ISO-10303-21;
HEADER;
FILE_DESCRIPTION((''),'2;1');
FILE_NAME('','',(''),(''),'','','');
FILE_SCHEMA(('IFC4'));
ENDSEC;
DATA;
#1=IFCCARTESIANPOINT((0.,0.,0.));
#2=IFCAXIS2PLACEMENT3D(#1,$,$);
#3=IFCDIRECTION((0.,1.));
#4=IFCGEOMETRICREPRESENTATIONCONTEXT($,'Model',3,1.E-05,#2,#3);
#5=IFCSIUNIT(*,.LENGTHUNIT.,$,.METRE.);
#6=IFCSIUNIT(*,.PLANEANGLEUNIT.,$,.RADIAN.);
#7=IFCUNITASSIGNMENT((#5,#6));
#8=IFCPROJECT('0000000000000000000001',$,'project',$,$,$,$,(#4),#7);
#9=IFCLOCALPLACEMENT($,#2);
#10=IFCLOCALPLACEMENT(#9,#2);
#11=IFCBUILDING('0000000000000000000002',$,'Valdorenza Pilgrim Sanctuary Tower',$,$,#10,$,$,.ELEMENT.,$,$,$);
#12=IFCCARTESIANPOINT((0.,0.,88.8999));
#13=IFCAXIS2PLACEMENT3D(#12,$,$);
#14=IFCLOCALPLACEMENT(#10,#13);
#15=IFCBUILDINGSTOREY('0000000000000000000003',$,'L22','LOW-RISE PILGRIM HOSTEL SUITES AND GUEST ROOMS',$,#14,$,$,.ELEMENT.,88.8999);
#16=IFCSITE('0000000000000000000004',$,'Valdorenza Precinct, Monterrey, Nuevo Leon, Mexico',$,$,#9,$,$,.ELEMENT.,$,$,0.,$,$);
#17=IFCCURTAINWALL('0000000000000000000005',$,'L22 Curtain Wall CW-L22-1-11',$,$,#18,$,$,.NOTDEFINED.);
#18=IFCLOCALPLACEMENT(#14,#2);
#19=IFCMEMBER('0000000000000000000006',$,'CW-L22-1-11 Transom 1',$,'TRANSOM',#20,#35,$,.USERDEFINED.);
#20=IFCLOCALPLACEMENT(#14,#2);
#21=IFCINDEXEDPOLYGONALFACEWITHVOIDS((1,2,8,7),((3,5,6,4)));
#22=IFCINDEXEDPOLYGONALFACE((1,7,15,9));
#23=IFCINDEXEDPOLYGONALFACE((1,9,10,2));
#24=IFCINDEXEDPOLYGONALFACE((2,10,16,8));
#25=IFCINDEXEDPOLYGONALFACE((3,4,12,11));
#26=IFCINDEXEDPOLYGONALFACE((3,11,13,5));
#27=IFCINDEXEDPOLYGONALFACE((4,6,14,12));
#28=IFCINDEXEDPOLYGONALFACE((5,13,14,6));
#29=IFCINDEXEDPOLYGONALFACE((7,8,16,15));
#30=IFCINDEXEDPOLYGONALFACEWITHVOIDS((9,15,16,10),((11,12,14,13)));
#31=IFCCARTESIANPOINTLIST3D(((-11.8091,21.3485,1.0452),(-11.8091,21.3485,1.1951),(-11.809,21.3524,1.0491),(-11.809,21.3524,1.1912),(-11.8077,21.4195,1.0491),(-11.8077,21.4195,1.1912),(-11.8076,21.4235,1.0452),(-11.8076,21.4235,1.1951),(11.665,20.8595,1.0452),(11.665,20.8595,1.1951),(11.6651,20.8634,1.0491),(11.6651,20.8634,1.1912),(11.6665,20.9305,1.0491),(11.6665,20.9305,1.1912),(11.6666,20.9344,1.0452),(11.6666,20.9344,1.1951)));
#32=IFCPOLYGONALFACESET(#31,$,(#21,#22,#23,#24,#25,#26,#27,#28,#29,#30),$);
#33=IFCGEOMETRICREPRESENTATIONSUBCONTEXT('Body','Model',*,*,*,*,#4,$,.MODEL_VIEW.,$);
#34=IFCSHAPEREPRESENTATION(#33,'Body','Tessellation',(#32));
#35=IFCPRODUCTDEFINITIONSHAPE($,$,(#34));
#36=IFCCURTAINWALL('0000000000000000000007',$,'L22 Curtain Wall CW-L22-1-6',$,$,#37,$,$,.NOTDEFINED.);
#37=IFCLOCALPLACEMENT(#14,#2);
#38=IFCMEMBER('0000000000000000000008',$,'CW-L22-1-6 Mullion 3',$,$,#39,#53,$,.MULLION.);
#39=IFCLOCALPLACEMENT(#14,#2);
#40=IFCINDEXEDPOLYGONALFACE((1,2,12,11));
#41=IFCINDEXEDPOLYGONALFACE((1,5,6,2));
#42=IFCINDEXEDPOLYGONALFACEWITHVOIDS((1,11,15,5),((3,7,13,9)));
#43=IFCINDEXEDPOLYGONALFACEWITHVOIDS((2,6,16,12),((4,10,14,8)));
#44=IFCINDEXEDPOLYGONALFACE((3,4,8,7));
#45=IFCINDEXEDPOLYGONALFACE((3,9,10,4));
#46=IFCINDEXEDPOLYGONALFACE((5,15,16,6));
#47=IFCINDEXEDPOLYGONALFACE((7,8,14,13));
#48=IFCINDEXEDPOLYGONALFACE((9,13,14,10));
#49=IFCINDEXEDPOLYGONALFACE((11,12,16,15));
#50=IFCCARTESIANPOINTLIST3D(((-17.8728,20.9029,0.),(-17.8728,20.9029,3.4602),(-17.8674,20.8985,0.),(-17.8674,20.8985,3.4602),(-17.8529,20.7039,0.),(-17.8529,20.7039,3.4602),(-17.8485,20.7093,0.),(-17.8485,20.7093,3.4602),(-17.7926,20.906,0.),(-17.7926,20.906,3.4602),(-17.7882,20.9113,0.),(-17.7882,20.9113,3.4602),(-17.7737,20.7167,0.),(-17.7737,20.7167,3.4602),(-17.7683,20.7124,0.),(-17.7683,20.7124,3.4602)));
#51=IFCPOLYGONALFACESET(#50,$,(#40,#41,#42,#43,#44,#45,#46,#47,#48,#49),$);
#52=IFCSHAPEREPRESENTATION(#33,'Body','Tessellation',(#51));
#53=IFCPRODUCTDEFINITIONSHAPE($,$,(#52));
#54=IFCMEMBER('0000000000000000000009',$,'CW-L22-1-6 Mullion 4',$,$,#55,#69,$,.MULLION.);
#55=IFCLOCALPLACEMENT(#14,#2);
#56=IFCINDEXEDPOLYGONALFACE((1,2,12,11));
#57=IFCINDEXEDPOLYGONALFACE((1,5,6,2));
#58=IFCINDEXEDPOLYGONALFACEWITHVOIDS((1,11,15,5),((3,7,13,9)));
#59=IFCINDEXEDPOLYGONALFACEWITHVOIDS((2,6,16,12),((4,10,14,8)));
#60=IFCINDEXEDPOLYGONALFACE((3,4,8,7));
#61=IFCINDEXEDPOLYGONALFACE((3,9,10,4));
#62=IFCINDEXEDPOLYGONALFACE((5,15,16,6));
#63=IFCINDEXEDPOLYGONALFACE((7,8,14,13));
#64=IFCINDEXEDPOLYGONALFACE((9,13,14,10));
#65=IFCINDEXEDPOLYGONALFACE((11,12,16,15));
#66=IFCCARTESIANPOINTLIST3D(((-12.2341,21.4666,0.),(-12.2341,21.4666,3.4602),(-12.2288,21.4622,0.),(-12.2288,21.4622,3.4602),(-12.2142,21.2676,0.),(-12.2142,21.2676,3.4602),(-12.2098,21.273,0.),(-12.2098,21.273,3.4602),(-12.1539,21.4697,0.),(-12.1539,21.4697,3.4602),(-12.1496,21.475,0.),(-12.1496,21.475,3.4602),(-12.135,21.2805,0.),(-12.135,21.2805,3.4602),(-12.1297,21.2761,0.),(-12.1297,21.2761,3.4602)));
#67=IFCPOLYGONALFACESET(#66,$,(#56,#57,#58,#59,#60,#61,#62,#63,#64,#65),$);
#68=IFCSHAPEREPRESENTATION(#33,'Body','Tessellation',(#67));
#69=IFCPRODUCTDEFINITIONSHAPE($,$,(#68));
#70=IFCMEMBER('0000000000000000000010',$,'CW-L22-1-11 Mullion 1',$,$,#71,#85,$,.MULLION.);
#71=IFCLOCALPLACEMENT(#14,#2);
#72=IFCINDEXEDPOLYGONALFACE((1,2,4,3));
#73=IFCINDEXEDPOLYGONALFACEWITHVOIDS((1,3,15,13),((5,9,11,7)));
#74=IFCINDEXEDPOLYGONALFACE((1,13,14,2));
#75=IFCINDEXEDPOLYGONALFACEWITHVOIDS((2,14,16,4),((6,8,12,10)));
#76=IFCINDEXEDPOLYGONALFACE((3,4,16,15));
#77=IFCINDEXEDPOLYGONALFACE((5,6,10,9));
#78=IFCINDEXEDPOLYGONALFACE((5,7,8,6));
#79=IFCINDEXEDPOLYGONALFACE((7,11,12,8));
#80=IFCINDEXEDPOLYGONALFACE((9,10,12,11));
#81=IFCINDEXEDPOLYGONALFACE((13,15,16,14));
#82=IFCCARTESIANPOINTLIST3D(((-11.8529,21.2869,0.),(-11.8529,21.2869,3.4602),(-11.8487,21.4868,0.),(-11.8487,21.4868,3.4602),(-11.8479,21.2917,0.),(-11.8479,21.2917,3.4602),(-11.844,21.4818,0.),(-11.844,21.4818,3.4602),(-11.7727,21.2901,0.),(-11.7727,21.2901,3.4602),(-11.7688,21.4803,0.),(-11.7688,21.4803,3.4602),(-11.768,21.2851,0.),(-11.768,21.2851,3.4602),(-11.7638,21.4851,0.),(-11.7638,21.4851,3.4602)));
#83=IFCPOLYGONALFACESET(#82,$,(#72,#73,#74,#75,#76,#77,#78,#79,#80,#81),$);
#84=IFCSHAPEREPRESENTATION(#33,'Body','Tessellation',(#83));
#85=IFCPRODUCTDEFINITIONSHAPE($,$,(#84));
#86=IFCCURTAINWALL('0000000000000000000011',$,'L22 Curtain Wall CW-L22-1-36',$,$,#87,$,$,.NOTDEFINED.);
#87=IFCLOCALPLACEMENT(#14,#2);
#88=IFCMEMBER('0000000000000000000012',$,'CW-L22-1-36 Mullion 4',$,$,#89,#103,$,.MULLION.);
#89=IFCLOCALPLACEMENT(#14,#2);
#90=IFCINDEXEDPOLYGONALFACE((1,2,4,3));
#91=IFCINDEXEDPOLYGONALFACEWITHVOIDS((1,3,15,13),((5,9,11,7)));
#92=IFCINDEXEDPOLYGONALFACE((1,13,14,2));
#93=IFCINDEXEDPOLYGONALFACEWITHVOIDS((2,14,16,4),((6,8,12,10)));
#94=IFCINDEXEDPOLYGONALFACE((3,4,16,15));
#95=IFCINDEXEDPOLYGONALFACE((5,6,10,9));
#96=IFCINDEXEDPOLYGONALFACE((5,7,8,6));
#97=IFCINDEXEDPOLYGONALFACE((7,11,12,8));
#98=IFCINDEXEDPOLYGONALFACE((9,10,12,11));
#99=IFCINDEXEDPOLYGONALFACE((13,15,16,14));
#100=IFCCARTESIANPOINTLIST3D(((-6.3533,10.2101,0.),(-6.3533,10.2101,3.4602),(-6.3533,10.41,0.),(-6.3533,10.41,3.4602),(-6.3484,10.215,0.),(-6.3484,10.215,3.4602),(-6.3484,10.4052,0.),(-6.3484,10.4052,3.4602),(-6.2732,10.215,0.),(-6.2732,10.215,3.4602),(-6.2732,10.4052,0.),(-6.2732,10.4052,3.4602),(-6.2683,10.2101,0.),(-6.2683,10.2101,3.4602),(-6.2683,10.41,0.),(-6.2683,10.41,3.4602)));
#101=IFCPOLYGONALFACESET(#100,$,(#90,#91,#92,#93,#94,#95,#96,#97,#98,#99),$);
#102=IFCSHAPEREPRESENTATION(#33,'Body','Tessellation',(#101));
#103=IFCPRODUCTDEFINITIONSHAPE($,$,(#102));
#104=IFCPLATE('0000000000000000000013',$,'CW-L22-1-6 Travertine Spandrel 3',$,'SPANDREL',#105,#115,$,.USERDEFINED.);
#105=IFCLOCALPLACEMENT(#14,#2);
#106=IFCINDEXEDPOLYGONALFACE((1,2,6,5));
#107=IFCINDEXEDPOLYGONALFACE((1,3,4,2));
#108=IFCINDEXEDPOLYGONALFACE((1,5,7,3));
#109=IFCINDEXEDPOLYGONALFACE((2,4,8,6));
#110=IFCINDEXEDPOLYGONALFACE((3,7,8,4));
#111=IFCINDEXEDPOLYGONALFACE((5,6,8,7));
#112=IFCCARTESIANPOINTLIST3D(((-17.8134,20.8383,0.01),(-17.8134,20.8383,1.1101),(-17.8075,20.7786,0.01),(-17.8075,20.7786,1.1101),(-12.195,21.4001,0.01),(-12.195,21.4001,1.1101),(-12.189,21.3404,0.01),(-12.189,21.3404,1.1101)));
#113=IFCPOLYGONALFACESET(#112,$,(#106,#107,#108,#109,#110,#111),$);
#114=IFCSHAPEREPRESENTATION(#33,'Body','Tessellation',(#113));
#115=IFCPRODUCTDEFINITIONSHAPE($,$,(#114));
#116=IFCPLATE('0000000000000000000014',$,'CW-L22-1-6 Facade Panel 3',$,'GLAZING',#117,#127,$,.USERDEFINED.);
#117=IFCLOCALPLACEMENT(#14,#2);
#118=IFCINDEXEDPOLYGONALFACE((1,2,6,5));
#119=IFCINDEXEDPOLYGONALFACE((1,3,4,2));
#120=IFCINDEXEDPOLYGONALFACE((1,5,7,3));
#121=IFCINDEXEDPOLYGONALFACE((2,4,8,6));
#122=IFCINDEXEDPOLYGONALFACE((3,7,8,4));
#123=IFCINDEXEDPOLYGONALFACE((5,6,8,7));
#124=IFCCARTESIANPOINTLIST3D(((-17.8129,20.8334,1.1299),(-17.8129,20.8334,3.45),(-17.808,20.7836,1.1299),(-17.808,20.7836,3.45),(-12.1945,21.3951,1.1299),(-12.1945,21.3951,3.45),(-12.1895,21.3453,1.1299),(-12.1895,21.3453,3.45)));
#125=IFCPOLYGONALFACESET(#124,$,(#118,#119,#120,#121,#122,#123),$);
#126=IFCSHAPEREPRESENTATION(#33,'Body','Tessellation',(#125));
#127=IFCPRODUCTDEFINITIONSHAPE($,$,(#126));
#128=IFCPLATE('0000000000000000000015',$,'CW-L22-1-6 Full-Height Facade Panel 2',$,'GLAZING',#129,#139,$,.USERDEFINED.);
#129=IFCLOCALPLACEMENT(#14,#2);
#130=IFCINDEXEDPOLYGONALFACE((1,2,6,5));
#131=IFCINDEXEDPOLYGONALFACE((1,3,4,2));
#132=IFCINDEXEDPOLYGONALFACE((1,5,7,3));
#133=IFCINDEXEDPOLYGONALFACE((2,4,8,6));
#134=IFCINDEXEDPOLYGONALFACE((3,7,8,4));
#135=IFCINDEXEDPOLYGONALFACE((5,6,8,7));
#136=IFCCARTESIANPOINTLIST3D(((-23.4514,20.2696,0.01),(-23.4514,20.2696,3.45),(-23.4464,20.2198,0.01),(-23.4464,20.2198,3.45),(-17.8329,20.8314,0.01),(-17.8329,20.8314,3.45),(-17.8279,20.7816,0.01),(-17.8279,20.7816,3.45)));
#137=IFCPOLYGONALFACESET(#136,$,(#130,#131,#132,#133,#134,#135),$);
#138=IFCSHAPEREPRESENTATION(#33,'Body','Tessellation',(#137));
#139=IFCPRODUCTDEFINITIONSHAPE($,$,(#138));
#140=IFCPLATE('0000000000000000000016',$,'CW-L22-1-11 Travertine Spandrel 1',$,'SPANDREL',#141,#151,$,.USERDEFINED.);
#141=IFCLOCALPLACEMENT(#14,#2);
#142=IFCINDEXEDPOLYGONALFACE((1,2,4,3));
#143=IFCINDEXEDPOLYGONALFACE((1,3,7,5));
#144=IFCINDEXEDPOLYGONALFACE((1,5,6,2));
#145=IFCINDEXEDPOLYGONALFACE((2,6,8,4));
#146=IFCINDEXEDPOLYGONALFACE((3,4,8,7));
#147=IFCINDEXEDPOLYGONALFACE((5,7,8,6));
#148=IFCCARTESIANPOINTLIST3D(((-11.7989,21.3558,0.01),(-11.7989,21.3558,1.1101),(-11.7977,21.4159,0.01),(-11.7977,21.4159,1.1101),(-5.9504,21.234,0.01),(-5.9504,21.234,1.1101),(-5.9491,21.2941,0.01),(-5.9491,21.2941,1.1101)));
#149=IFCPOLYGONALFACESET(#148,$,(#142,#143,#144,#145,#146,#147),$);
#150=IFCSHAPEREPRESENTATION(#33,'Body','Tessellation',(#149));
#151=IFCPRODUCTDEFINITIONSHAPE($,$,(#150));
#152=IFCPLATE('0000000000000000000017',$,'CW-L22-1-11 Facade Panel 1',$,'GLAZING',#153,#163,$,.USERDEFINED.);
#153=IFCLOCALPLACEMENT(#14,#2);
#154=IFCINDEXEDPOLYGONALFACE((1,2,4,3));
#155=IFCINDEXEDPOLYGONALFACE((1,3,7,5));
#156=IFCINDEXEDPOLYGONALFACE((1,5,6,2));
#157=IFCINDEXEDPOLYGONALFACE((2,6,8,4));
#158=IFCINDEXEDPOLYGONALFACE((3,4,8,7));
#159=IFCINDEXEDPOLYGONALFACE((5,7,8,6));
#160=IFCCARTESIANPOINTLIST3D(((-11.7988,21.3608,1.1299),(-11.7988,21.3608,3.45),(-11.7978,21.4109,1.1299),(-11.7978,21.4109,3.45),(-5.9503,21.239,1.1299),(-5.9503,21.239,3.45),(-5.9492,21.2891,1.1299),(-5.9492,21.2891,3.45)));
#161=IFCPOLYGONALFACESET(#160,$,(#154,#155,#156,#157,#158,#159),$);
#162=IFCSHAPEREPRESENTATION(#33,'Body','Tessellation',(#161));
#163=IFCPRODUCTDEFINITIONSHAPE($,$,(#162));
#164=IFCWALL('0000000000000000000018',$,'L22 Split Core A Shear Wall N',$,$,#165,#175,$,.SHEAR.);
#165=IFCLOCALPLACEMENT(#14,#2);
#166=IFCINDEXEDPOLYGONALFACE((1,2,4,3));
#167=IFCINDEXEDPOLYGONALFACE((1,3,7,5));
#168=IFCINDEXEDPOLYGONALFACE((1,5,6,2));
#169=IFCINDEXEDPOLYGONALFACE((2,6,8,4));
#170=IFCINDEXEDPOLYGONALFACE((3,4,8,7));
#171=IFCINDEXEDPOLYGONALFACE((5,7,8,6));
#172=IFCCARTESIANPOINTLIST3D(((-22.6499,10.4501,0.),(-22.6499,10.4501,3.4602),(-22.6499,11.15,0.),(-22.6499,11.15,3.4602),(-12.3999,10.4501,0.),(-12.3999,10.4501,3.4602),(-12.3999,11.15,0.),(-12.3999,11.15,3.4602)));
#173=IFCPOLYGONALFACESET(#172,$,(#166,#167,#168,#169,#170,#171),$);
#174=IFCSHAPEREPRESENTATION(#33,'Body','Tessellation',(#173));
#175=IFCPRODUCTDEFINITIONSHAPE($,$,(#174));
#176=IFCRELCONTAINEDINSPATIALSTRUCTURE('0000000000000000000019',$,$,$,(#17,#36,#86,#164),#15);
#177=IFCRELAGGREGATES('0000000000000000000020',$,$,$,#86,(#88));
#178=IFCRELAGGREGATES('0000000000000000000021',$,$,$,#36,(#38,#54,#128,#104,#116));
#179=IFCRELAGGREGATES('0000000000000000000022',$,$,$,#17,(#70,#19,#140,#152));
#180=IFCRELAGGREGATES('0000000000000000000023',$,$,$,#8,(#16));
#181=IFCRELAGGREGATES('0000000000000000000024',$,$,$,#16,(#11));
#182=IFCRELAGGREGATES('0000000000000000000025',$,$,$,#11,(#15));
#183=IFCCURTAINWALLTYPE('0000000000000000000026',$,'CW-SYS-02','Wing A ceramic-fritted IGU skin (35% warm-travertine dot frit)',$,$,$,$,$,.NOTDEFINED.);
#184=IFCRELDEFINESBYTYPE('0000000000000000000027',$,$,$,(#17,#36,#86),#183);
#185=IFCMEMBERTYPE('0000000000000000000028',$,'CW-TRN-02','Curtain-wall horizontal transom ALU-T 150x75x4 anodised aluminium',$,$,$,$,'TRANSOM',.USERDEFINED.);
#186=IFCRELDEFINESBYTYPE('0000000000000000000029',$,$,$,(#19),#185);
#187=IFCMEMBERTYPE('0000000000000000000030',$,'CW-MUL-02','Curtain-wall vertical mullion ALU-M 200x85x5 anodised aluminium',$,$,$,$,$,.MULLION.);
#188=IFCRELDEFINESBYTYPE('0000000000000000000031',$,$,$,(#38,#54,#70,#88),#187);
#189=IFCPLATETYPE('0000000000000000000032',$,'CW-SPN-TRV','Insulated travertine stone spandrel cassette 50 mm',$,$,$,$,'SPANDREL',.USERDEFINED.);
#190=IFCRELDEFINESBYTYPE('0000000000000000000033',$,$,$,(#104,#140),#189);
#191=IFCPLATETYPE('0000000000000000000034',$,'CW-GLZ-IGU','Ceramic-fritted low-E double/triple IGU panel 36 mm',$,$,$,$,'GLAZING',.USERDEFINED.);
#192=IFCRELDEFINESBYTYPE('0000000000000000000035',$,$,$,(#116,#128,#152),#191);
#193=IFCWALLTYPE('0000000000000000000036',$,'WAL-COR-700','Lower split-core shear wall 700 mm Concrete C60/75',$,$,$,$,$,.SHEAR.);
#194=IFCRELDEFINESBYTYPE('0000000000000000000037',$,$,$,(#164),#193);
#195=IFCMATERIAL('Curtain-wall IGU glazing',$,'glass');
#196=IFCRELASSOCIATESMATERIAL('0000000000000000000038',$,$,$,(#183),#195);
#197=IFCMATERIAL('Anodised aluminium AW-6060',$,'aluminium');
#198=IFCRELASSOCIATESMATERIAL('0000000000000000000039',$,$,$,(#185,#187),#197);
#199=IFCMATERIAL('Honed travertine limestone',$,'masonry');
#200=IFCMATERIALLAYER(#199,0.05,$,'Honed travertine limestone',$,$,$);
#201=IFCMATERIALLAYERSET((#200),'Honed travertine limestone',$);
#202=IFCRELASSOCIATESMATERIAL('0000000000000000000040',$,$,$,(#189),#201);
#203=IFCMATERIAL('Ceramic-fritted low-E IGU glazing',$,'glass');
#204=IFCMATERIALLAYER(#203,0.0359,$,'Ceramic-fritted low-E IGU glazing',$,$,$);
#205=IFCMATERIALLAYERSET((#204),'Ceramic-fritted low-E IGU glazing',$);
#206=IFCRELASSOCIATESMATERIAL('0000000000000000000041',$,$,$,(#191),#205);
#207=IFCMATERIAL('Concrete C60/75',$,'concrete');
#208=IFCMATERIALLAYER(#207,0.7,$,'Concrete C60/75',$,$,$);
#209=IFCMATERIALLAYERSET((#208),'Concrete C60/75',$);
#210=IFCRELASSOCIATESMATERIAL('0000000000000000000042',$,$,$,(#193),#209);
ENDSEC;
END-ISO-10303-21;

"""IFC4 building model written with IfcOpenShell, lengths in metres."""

from ifc_helpers import new_model, si_unit, direction, frame, frame_2d, origin, origin_2d, place, context, subcontext, project, spatial, rectangle, hollow_rectangle, extrude, source, transform, mapped, material, layer, layer_set, material_profile, profile_set, type_object, element, aggregate, save


model = new_model("IFC4")

# Units and contexts
model_context = context("Model", 3, precision=1e-05, world=origin(), true_north=direction((0.0, 1.0)))
body_context = subcontext(model_context, "Body", "Model", "MODEL_VIEW")
ifc_project = project(units=[si_unit("LENGTHUNIT", "METRE"), si_unit("PLANEANGLEUNIT", "RADIAN")], contexts=[model_context])

# Site, building, storey
site_placement = place(None, origin())
site = spatial("IfcSite", under=ifc_project, at=site_placement, Name="Valdorenza Precinct, Monterrey, Nuevo Leon, Mexico", CompositionType="ELEMENT", RefElevation=0.0)
building_placement = place(site_placement, origin())
building = spatial("IfcBuilding", under=site, at=building_placement, Name="Valdorenza Pilgrim Sanctuary Tower", CompositionType="ELEMENT")
storey_placement = place(building_placement, frame((0.0, 0.0, 88.8999)))
storey = spatial("IfcBuildingStorey", under=building, at=storey_placement, Name="L22", Description="LOW-RISE PILGRIM HOSTEL SUITES AND GUEST ROOMS", CompositionType="ELEMENT", Elevation=88.8999)

# Shared definitions
ifc_material_1 = material(Name="Concrete C60/75", Category="concrete")

# Curtain wall, member
ifc_material_2 = material(Name="Curtain-wall IGU glazing", Category="glass")
curtain_wall_type = type_object("IfcCurtainWallType", Name="CW-SYS-02", Description="Wing A ceramic-fritted IGU skin (35% warm-travertine dot frit)", PredefinedType="NOTDEFINED", material=ifc_material_2)
curtain_wall_1_placement = place(storey_placement, origin())
curtain_wall_1 = element("IfcCurtainWall", 1, at=curtain_wall_1_placement, inside=storey, type_object=curtain_wall_type, Name="L22 Curtain Wall CW-L22-1-11", PredefinedType="NOTDEFINED")
ifc_material_3 = material(Name="Anodised aluminium AW-6060", Category="aluminium")
ifc_material_profile_1 = material_profile(ifc_material_3, hollow_rectangle(XDim=0.075, YDim=0.1499, WallThickness=0.0039, at=origin_2d()), Name="ALU-T 150x75x4")
ifc_profile_set_1 = profile_set([ifc_material_profile_1], Name="Anodised aluminium AW-6060")
member_type_1 = type_object("IfcMemberType", Name="CW-TRN-02", Description="Curtain-wall horizontal transom ALU-T 150x75x4 anodised aluminium", ElementType="TRANSOM", PredefinedType="USERDEFINED", material=ifc_profile_set_1)
shared_shape_1 = source(origin(), body_context, "Body", "SweptSolid", [
    extrude(hollow_rectangle(XDim=0.075, YDim=0.1499, WallThickness=0.0039, at=origin_2d()), origin(), (0.0, 0.0, 1.0), 23.4792),
])
member_1_placement = place(storey_placement, frame((-11.8083, 21.386, 1.1201), z_axis=(0.999783, -0.020828, 0.0), x_axis=(0.020828, 0.999783, 0.0)))
member_1 = element("IfcMember", 2, at=member_1_placement, type_object=member_type_1, Name="CW-L22-1-11 Transom 1", ObjectType="TRANSOM", PredefinedType="USERDEFINED", context=body_context, shape_type="MappedRepresentation", body=[
    mapped(shared_shape_1, transform((0.0, 0.0, 0.0), x_axis=(1.0, 0.0, 0.0), y_axis=(0.0, 1.0, 0.0), z_axis=(0.0, 0.0, 1.0), scale=1.0)),
])

# Curtain wall, members
curtain_wall_2_placement = place(storey_placement, origin())
curtain_wall_2 = element("IfcCurtainWall", 3, at=curtain_wall_2_placement, inside=storey, type_object=curtain_wall_type, Name="L22 Curtain Wall CW-L22-1-6", PredefinedType="NOTDEFINED")
ifc_material_profile_2 = material_profile(ifc_material_3, hollow_rectangle(XDim=0.085, YDim=0.2, WallThickness=0.0049, at=origin_2d()), Name="ALU-M 200x85x5")
ifc_profile_set_2 = profile_set([ifc_material_profile_2], Name="Anodised aluminium AW-6060")
member_type_2 = type_object("IfcMemberType", Name="CW-MUL-02", Description="Curtain-wall vertical mullion ALU-M 200x85x5 anodised aluminium", PredefinedType="MULLION", material=ifc_profile_set_2)
shared_shape_2 = source(origin(), body_context, "Body", "SweptSolid", [
    extrude(hollow_rectangle(XDim=0.085, YDim=0.2, WallThickness=0.0049, at=origin_2d()), origin(), (0.0, 0.0, 1.0), 3.4602),
])
member_2_placement = place(storey_placement, frame((-17.8206, 20.8076, 0.0), z_axis=(0.0, 0.0, 1.0), x_axis=(0.995038, 0.099493, 0.0)))
member_2 = element("IfcMember", 4, at=member_2_placement, type_object=member_type_2, Name="CW-L22-1-6 Mullion 3", PredefinedType="MULLION", context=body_context, shape_type="MappedRepresentation", body=[
    mapped(shared_shape_2, transform((0.0, 0.0, 0.0), x_axis=(1.0, 0.0, 0.0), y_axis=(0.0, 1.0, 0.0), z_axis=(0.0, 0.0, 1.0), scale=1.0)),
])
member_3_placement = place(storey_placement, frame((-12.1819, 21.3713, 0.0), z_axis=(0.0, 0.0, 1.0), x_axis=(0.995038, 0.099493, 0.0)))
member_3 = element("IfcMember", 5, at=member_3_placement, type_object=member_type_2, Name="CW-L22-1-6 Mullion 4", PredefinedType="MULLION", context=body_context, shape_type="MappedRepresentation", body=[
    mapped(shared_shape_2, transform((0.0, 0.0, 0.0), x_axis=(1.0, 0.0, 0.0), y_axis=(0.0, 1.0, 0.0), z_axis=(0.0, 0.0, 1.0), scale=1.0)),
])

# Member
member_4_placement = place(storey_placement, frame((-11.8083, 21.386, 0.0), z_axis=(0.0, 0.0, 1.0), x_axis=(0.999783, -0.02082, 0.0)))
member_4 = element("IfcMember", 6, at=member_4_placement, type_object=member_type_2, Name="CW-L22-1-11 Mullion 1", PredefinedType="MULLION", context=body_context, shape_type="MappedRepresentation", body=[
    mapped(shared_shape_2, transform((0.0, 0.0, 0.0), x_axis=(1.0, 0.0, 0.0), y_axis=(0.0, 1.0, 0.0), z_axis=(0.0, 0.0, 1.0), scale=1.0)),
])

# Curtain wall, member
curtain_wall_3_placement = place(storey_placement, origin())
curtain_wall_3 = element("IfcCurtainWall", 7, at=curtain_wall_3_placement, inside=storey, type_object=curtain_wall_type, Name="L22 Curtain Wall CW-L22-1-36", PredefinedType="NOTDEFINED")
member_5_placement = place(storey_placement, frame((-6.3108, 10.3101, 0.0), z_axis=(0.0, 0.0, 1.0), x_axis=(-1.0, 0.0, 0.0)))
member_5 = element("IfcMember", 8, at=member_5_placement, type_object=member_type_2, Name="CW-L22-1-36 Mullion 4", PredefinedType="MULLION", context=body_context, shape_type="MappedRepresentation", body=[
    mapped(shared_shape_2, transform((0.0, 0.0, 0.0), x_axis=(1.0, 0.0, 0.0), y_axis=(0.0, 1.0, 0.0), z_axis=(0.0, 0.0, 1.0), scale=1.0)),
])
aggregate(curtain_wall_3, [member_5])

# Plates
ifc_material_4 = material(Name="Honed travertine limestone", Category="masonry")
ifc_layer_1 = layer(ifc_material_4, 0.05, Name="Honed travertine limestone")
ifc_layer_set_1 = layer_set([ifc_layer_1], Name="Honed travertine limestone")
plate_type_1 = type_object("IfcPlateType", Name="CW-SPN-TRV", Description="Insulated travertine stone spandrel cassette 50 mm", ElementType="SPANDREL", PredefinedType="USERDEFINED", material=ifc_layer_set_1)
shared_shape_3 = source(origin(), body_context, "Body", "SweptSolid", [
    extrude(rectangle(XDim=5.6465, YDim=0.0601, at=origin_2d()), origin(), (0.0, 0.0, 1.0), 1.1001),
])
plate_1_placement = place(storey_placement, frame((-15.0012, 21.0894, 0.01), z_axis=(0.0, 0.0, 1.0), x_axis=(0.995038, 0.099493, 0.0)))
plate_1 = element("IfcPlate", 9, at=plate_1_placement, type_object=plate_type_1, Name="CW-L22-1-6 Travertine Spandrel 3", ObjectType="SPANDREL", PredefinedType="USERDEFINED", context=body_context, shape_type="MappedRepresentation", body=[
    mapped(shared_shape_3, transform((0.0, 0.0, 0.0), x_axis=(1.0, 0.0, 0.0), y_axis=(0.0, 1.0, 0.0), z_axis=(0.0, 0.0, 1.0), scale=1.0)),
])
ifc_material_5 = material(Name="Ceramic-fritted low-E IGU glazing", Category="glass")
ifc_layer_2 = layer(ifc_material_5, 0.0359, Name="Ceramic-fritted low-E IGU glazing")
ifc_layer_set_2 = layer_set([ifc_layer_2], Name="Ceramic-fritted low-E IGU glazing")
plate_type_2 = type_object("IfcPlateType", Name="CW-GLZ-IGU", Description="Ceramic-fritted low-E double/triple IGU panel 36 mm", ElementType="GLAZING", PredefinedType="USERDEFINED", material=ifc_layer_set_2)
shared_shape_4 = source(origin(), body_context, "Body", "SweptSolid", [
    extrude(rectangle(XDim=5.6465, YDim=0.05, at=origin_2d()), origin(), (0.0, 0.0, 1.0), 2.3201),
])
plate_2_placement = place(storey_placement, frame((-15.0012, 21.0894, 1.1299), z_axis=(0.0, 0.0, 1.0), x_axis=(0.995038, 0.099493, 0.0)))
plate_2 = element("IfcPlate", 10, at=plate_2_placement, type_object=plate_type_2, Name="CW-L22-1-6 Facade Panel 3", ObjectType="GLAZING", PredefinedType="USERDEFINED", context=body_context, shape_type="MappedRepresentation", body=[
    mapped(shared_shape_4, transform((0.0, 0.0, 0.0), x_axis=(1.0, 0.0, 0.0), y_axis=(0.0, 1.0, 0.0), z_axis=(0.0, 0.0, 1.0), scale=1.0)),
])
shared_shape_5 = source(origin(), body_context, "Body", "SweptSolid", [
    extrude(rectangle(XDim=5.6465, YDim=0.05, at=origin_2d()), origin(), (0.0, 0.0, 1.0), 3.4399),
])
plate_3_placement = place(storey_placement, frame((-20.6396, 20.5256, 0.01), z_axis=(0.0, 0.0, 1.0), x_axis=(0.995038, 0.099493, 0.0)))
plate_3 = element("IfcPlate", 11, at=plate_3_placement, type_object=plate_type_2, Name="CW-L22-1-6 Full-Height Facade Panel 2", ObjectType="GLAZING", PredefinedType="USERDEFINED", context=body_context, shape_type="MappedRepresentation", body=[
    mapped(shared_shape_5, transform((0.0, 0.0, 0.0), x_axis=(1.0, 0.0, 0.0), y_axis=(0.0, 1.0, 0.0), z_axis=(0.0, 0.0, 1.0), scale=1.0)),
])
aggregate(curtain_wall_2, [member_2, member_3, plate_3, plate_1, plate_2])
shared_shape_6 = source(origin(), body_context, "Body", "SweptSolid", [
    extrude(rectangle(XDim=5.8499, YDim=0.0601, at=origin_2d()), origin(), (0.0, 0.0, 1.0), 1.1001),
])
plate_4_placement = place(storey_placement, frame((-8.874, 21.325, 0.01), z_axis=(0.0, 0.0, 1.0), x_axis=(0.999783, -0.02082, 0.0)))
plate_4 = element("IfcPlate", 12, at=plate_4_placement, type_object=plate_type_1, Name="CW-L22-1-11 Travertine Spandrel 1", ObjectType="SPANDREL", PredefinedType="USERDEFINED", context=body_context, shape_type="MappedRepresentation", body=[
    mapped(shared_shape_6, transform((0.0, 0.0, 0.0), x_axis=(1.0, 0.0, 0.0), y_axis=(0.0, 1.0, 0.0), z_axis=(0.0, 0.0, 1.0), scale=1.0)),
])
shared_shape_7 = source(origin(), body_context, "Body", "SweptSolid", [
    extrude(rectangle(XDim=5.8499, YDim=0.05, at=origin_2d()), origin(), (0.0, 0.0, 1.0), 2.3201),
])
plate_5_placement = place(storey_placement, frame((-8.874, 21.325, 1.1299), z_axis=(0.0, 0.0, 1.0), x_axis=(0.999783, -0.02082, 0.0)))
plate_5 = element("IfcPlate", 13, at=plate_5_placement, type_object=plate_type_2, Name="CW-L22-1-11 Facade Panel 1", ObjectType="GLAZING", PredefinedType="USERDEFINED", context=body_context, shape_type="MappedRepresentation", body=[
    mapped(shared_shape_7, transform((0.0, 0.0, 0.0), x_axis=(1.0, 0.0, 0.0), y_axis=(0.0, 1.0, 0.0), z_axis=(0.0, 0.0, 1.0), scale=1.0)),
])
aggregate(curtain_wall_1, [member_4, member_1, plate_4, plate_5])

# Wall
ifc_layer_3 = layer(ifc_material_1, 0.7, Name="Concrete C60/75")
ifc_layer_set_3 = layer_set([ifc_layer_3], Name="Concrete C60/75")
wall_type_1 = type_object("IfcWallType", Name="WAL-COR-700", Description="Lower split-core shear wall 700 mm Concrete C60/75", PredefinedType="SHEAR", material=ifc_layer_set_3)
wall_1_placement = place(storey_placement, frame((-22.6499, 10.8, 0.0), z_axis=(0.0, 0.0, 1.0), x_axis=(1.0, 0.0, 0.0)))
element("IfcWall", 14, at=wall_1_placement, inside=storey, type_object=wall_type_1, Name="L22 Split Core A Shear Wall N", PredefinedType="SHEAR", context=body_context, shape_type="SweptSolid", body=[
    extrude(rectangle(XDim=10.25, YDim=0.7, at=frame_2d((5.125, 0.0))), origin(), (0.0, 0.0, 1.0), 3.4602),
])

save(model, "model.ifc")
